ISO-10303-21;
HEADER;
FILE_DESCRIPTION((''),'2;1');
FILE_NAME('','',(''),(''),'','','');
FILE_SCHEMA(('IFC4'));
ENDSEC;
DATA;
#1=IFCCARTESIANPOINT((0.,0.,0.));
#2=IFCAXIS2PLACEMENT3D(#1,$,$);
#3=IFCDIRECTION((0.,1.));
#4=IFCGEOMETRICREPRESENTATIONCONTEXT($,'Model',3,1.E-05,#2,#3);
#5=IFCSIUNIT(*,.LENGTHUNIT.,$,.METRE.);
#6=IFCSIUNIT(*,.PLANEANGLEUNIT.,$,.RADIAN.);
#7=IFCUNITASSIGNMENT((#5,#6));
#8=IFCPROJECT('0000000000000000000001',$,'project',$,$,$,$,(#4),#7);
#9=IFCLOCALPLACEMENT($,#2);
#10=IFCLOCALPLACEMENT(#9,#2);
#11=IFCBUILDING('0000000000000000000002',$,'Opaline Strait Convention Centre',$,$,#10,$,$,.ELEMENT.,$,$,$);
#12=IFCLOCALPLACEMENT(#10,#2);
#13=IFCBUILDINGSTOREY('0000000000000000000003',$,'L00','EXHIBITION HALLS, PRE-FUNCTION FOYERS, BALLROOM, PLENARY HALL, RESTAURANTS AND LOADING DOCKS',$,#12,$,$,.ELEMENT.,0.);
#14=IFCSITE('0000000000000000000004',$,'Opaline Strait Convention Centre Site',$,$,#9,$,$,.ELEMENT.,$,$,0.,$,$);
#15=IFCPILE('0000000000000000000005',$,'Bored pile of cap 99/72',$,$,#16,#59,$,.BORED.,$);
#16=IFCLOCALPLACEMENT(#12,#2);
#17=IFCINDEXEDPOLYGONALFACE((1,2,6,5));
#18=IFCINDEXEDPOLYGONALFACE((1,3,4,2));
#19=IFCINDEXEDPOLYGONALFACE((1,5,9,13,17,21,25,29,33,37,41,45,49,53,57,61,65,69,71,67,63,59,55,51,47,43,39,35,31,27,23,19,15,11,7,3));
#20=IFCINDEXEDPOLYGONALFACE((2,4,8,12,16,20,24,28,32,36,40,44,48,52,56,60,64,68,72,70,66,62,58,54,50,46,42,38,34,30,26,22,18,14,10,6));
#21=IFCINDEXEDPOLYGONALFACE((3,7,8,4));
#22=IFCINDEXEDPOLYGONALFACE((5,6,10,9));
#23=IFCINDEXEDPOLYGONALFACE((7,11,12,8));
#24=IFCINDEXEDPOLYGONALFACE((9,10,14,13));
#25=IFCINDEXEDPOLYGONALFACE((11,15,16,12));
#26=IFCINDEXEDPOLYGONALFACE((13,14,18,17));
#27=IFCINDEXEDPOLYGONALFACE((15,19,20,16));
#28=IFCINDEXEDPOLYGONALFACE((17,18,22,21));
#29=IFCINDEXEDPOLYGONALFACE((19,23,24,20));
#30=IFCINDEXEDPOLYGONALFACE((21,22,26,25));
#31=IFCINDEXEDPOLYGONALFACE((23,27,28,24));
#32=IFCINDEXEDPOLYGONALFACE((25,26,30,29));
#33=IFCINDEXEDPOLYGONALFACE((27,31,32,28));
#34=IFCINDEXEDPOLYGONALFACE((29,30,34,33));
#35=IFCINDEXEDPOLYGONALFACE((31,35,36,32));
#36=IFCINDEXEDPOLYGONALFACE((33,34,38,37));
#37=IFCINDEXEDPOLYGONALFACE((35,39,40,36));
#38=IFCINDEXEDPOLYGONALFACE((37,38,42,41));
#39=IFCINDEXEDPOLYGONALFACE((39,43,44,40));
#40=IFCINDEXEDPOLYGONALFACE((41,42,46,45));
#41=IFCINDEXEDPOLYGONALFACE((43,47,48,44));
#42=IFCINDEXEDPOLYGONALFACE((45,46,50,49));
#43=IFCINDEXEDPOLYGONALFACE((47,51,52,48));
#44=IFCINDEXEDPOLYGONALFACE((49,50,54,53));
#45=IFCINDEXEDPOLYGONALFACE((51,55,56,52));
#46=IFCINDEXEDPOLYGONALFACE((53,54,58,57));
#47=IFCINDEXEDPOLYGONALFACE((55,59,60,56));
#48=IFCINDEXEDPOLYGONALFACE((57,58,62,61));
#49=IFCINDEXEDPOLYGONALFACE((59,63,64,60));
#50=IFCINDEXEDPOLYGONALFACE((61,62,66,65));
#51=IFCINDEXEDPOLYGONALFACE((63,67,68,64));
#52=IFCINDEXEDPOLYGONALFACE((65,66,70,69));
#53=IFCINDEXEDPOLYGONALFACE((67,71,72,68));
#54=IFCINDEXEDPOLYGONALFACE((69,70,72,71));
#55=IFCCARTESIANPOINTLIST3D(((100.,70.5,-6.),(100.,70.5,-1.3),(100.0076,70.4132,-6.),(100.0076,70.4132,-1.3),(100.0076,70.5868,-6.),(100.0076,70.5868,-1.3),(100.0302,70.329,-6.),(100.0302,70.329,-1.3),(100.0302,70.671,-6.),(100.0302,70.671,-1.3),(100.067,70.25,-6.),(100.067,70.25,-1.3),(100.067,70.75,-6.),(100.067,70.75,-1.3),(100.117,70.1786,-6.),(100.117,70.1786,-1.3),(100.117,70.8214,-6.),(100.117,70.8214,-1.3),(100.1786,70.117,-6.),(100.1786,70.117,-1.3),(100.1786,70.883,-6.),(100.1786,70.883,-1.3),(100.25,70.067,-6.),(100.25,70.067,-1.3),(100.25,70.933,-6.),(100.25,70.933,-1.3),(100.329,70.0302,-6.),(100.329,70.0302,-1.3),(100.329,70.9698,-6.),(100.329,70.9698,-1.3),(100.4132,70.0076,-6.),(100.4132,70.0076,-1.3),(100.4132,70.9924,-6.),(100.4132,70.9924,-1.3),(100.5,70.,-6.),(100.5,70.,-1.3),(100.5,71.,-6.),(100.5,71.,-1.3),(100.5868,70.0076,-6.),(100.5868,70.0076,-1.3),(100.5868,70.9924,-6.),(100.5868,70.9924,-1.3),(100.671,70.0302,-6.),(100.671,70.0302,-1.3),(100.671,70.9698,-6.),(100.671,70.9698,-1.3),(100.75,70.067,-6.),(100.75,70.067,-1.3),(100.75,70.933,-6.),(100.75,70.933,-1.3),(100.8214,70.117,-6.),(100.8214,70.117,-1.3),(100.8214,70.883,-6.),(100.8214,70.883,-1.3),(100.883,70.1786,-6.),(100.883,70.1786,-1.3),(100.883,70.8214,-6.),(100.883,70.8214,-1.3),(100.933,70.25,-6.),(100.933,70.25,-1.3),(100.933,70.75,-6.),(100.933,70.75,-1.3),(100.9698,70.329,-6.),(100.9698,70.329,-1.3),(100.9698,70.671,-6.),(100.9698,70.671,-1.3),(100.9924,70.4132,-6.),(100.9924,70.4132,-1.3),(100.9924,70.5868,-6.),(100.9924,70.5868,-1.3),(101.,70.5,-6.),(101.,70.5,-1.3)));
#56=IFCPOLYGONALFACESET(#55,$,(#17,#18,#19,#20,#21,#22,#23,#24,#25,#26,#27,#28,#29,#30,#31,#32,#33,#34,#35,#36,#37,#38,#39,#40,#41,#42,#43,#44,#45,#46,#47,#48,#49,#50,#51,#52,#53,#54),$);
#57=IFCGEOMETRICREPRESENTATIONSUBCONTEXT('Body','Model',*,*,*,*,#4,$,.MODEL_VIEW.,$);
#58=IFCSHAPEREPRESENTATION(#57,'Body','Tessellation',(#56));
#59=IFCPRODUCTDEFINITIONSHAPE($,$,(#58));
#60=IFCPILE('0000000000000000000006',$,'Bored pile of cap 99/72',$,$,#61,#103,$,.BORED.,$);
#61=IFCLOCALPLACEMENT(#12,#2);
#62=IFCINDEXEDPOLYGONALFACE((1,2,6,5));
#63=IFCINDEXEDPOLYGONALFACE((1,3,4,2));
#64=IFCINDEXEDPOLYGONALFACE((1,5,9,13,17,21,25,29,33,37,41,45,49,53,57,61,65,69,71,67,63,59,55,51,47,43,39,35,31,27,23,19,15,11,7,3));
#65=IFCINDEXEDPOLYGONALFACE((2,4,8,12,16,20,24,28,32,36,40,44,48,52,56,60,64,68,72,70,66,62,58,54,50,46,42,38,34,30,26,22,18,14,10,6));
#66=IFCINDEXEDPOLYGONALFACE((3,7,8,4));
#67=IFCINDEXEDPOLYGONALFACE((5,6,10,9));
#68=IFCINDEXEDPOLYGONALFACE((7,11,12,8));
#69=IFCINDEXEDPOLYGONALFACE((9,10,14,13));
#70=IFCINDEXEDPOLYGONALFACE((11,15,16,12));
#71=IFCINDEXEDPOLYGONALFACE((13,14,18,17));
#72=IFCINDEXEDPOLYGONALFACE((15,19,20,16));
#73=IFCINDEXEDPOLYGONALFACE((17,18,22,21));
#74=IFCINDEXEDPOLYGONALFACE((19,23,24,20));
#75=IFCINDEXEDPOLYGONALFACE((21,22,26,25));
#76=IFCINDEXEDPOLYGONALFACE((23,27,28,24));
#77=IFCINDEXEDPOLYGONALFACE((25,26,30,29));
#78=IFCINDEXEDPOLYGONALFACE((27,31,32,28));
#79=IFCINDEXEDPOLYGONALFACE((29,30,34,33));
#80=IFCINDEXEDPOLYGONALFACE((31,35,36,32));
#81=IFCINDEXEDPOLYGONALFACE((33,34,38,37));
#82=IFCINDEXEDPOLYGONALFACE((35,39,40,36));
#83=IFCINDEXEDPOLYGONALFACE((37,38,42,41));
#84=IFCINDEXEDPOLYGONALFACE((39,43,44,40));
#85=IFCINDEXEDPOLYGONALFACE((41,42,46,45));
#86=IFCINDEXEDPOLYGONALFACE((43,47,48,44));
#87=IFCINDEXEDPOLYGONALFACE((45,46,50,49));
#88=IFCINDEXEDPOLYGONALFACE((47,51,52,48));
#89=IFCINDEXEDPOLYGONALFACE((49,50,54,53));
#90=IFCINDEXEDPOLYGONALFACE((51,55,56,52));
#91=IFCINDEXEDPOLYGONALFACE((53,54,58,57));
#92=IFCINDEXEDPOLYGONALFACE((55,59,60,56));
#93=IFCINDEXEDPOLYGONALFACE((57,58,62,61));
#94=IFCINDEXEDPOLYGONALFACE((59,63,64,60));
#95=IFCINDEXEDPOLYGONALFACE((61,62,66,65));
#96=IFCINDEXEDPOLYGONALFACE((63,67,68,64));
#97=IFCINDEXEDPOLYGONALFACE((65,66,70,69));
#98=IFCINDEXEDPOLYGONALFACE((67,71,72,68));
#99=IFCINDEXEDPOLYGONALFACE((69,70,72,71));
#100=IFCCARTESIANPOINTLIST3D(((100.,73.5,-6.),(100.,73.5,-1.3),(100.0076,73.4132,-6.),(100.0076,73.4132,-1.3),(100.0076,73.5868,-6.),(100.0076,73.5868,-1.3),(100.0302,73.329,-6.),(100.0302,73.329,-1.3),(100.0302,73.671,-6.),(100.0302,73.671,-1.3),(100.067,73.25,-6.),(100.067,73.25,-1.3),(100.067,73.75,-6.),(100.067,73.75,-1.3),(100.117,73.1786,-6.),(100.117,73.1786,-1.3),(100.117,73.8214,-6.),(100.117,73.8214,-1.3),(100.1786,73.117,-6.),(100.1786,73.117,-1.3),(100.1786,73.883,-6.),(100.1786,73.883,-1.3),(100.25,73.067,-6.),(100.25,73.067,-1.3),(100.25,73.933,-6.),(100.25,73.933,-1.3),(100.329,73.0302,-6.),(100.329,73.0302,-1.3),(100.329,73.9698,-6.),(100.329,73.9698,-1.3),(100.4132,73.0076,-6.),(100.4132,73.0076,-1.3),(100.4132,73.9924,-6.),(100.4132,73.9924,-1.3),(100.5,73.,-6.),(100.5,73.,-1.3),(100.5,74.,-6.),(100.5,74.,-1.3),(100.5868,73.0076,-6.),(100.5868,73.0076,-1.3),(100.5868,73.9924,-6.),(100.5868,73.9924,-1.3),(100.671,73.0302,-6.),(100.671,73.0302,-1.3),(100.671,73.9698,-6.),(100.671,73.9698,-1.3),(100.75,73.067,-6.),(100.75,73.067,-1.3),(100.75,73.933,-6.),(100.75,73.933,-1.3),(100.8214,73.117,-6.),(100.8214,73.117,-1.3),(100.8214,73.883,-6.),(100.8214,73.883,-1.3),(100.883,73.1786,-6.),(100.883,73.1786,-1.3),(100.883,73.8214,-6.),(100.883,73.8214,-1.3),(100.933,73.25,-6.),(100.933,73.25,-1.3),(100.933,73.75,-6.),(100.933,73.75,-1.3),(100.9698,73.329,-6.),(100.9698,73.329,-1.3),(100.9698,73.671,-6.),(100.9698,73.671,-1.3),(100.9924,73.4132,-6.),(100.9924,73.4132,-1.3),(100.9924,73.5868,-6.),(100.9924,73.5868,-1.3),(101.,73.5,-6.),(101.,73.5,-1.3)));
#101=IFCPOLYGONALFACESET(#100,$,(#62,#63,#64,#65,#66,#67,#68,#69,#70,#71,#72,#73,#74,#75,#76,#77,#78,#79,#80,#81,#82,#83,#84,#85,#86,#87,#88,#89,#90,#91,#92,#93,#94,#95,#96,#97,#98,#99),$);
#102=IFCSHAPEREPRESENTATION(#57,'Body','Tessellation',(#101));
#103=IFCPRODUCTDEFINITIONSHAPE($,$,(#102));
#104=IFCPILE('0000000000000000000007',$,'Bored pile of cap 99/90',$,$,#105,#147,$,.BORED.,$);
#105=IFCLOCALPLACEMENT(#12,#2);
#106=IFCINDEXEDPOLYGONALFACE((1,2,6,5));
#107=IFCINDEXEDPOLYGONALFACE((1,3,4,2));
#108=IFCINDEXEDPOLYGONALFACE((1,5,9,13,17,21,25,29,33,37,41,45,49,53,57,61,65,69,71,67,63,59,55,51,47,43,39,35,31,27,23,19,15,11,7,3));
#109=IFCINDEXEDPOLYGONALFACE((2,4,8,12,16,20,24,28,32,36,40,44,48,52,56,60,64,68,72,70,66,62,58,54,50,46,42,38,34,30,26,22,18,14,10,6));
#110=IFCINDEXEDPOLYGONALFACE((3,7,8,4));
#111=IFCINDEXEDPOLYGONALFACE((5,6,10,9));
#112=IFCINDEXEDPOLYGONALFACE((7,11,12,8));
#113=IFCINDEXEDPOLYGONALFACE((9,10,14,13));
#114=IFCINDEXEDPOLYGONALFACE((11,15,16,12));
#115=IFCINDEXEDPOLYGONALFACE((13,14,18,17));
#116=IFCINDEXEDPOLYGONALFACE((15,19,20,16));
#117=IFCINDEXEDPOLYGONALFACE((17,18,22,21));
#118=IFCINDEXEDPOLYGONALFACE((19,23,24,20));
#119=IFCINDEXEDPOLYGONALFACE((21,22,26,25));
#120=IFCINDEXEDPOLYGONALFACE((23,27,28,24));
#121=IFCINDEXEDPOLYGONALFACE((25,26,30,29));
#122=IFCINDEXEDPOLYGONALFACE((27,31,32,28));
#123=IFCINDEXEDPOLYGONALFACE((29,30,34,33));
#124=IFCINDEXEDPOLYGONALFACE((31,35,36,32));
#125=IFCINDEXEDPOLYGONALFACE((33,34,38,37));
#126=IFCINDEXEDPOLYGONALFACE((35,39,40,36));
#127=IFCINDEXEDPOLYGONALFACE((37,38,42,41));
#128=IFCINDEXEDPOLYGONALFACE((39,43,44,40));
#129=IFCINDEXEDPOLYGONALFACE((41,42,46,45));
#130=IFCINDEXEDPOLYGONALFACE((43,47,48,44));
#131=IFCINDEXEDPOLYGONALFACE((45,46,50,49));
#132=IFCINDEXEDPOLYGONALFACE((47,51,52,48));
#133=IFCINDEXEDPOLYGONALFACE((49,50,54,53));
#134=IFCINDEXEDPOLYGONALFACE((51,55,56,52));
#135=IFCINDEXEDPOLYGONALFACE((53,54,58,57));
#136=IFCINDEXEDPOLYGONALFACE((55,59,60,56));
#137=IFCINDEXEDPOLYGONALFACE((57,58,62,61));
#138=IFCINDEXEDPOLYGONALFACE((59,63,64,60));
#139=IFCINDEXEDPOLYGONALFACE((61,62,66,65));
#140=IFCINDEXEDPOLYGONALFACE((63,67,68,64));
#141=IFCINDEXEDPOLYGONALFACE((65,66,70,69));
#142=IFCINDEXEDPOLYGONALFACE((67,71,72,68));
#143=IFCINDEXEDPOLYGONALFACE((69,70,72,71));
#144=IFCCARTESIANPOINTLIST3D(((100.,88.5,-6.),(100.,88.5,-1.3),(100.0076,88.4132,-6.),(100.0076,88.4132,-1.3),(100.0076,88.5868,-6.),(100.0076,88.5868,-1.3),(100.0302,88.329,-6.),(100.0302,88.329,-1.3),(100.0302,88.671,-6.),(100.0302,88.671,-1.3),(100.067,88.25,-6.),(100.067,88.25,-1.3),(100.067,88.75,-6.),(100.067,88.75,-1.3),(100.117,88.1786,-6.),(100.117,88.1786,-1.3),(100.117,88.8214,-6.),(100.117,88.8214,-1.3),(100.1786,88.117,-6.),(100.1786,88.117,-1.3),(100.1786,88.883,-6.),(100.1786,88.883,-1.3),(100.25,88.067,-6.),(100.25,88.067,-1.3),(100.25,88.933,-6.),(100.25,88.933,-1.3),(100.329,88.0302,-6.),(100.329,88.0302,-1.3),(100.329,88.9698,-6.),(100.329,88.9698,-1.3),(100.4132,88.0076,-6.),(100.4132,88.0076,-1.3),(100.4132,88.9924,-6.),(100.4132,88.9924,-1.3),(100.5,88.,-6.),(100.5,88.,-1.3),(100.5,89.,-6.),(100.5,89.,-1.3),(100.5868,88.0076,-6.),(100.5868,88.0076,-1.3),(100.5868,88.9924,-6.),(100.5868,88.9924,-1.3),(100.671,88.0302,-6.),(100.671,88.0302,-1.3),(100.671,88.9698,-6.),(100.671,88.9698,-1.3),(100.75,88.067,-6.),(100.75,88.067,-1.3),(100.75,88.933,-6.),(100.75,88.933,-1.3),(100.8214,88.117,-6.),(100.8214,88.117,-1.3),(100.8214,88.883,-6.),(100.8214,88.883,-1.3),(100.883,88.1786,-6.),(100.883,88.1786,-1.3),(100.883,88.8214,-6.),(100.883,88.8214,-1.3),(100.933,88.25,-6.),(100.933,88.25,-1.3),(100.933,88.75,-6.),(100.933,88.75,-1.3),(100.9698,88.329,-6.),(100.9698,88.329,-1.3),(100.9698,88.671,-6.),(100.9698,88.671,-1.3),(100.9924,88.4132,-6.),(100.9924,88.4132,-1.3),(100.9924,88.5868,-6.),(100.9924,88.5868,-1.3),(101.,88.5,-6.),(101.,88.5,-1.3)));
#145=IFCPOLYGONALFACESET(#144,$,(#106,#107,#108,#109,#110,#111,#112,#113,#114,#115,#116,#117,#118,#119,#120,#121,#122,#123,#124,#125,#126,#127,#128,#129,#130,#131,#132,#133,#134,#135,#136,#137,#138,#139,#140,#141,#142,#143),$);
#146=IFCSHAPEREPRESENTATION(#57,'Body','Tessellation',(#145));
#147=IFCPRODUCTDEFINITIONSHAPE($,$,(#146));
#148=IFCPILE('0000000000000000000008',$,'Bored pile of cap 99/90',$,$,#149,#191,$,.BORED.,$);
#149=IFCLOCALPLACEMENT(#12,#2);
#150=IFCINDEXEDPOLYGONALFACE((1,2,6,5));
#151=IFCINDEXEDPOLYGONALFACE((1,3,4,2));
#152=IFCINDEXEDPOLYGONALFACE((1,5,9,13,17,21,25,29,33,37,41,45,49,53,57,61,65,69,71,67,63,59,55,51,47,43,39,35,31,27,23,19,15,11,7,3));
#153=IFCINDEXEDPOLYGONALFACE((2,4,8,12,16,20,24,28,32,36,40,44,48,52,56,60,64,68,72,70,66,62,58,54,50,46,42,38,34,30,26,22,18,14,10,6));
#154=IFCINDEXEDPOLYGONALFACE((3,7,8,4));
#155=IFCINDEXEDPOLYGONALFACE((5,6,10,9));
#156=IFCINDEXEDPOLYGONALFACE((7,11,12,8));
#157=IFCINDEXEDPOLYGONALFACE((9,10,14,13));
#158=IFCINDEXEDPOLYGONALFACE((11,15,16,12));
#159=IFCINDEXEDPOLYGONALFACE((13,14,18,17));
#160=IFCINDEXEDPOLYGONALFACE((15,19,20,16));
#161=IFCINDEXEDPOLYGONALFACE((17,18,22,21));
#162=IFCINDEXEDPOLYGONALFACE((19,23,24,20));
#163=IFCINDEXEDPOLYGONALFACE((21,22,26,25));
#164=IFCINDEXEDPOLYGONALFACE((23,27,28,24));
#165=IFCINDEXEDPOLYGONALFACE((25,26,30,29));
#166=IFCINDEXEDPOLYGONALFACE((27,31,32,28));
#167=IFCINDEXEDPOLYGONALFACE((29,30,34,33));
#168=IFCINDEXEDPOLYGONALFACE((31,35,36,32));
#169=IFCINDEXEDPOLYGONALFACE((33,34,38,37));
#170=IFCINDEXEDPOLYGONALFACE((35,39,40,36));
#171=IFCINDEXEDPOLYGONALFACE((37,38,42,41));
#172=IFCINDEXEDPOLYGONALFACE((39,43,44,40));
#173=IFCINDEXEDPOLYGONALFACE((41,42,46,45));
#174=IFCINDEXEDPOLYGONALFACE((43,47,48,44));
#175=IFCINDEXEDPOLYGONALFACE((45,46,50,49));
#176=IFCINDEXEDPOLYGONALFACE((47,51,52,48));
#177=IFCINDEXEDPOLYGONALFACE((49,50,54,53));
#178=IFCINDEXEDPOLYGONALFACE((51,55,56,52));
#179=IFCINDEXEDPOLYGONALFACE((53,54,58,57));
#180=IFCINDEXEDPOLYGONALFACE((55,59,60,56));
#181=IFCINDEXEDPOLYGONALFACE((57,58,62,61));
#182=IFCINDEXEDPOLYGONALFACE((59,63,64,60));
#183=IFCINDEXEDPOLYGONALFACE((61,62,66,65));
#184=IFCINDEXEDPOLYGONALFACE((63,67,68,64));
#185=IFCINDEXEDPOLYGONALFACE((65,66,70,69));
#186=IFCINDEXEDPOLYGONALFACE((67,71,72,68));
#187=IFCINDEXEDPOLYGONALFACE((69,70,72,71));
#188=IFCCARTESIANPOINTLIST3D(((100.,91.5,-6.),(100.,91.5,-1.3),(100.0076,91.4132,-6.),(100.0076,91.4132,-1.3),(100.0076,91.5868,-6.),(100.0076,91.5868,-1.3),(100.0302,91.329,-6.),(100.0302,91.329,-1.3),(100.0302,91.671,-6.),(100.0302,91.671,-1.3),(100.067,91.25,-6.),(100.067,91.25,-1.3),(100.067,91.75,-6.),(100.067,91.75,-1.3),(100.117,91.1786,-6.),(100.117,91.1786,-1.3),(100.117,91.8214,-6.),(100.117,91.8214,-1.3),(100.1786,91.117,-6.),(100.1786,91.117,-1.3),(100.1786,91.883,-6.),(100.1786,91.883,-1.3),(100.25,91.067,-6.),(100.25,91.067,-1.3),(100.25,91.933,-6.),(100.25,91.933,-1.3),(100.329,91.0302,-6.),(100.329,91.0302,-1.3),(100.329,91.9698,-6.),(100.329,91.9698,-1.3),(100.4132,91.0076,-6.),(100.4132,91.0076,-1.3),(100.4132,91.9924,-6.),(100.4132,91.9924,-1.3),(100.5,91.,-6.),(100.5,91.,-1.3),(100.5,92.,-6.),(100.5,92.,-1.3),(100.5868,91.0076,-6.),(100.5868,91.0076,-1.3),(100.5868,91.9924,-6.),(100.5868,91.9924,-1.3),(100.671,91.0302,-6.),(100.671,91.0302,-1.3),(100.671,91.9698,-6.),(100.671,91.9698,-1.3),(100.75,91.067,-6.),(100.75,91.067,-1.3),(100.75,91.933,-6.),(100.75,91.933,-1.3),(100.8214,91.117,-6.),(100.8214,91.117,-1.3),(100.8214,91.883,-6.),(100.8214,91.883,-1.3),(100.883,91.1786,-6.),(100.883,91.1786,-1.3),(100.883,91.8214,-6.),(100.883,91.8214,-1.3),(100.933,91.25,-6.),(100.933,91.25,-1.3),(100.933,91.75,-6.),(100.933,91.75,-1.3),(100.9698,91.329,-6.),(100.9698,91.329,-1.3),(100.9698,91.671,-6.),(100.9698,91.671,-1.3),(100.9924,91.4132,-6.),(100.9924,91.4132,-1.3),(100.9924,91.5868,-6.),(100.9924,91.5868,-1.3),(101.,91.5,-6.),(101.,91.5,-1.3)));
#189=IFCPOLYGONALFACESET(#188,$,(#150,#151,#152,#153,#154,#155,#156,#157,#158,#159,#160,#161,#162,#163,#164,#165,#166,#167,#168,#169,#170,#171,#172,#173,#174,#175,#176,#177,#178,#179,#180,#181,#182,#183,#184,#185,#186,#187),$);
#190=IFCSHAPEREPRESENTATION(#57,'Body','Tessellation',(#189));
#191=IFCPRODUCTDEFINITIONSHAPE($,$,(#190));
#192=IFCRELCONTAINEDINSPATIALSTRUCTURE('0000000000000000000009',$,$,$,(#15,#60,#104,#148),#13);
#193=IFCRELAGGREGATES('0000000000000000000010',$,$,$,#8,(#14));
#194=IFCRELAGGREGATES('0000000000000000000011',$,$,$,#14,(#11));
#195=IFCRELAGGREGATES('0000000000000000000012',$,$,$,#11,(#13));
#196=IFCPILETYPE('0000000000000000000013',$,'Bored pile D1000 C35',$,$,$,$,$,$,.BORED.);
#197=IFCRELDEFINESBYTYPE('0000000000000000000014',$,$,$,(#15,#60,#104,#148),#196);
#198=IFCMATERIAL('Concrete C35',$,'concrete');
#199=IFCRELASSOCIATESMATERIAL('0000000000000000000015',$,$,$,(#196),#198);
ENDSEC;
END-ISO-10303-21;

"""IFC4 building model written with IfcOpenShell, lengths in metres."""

from ifc_helpers import new_model, si_unit, direction, frame, origin, origin_2d, place, context, subcontext, project, spatial, circle, extrude, material, material_profile, profile_set, type_object, element, save


model = new_model("IFC4")

# Units and contexts
model_context = context("Model", 3, precision=1e-05, world=origin(), true_north=direction((0.0, 1.0)))
body_context = subcontext(model_context, "Body", "Model", "MODEL_VIEW")
ifc_project = project(units=[si_unit("LENGTHUNIT", "METRE"), si_unit("PLANEANGLEUNIT", "RADIAN")], contexts=[model_context])

# Site, building, storey
site_placement = place(None, origin())
site = spatial("IfcSite", under=ifc_project, at=site_placement, Name="Opaline Strait Convention Centre Site", CompositionType="ELEMENT", RefElevation=0.0)
building_placement = place(site_placement, origin())
building = spatial("IfcBuilding", under=site, at=building_placement, Name="Opaline Strait Convention Centre", CompositionType="ELEMENT")
storey_placement = place(building_placement, origin())
storey = spatial("IfcBuildingStorey", under=building, at=storey_placement, Name="L00", Description="EXHIBITION HALLS, PRE-FUNCTION FOYERS, BALLROOM, PLENARY HALL, RESTAURANTS AND LOADING DOCKS", CompositionType="ELEMENT", Elevation=0.0)

# Piles
ifc_material_1 = material(Name="Concrete C35", Category="concrete")
ifc_material_profile_1 = material_profile(ifc_material_1, circle(Radius=0.5, at=origin_2d()), Name="D1000")
ifc_profile_set_1 = profile_set([ifc_material_profile_1], Name="Concrete C35")
pile_type_1 = type_object("IfcPileType", Name="Bored pile D1000 C35", PredefinedType="BORED", material=ifc_profile_set_1)
for number, where, z_axis, x_axis, name in (
    (1, (100.5, 70.5, -1.3), (0.0, 0.0, -1.0), (1.0, 0.0, 0.0), "Bored pile of cap 99/72"),
    (2, (100.5, 73.5, -1.3), (0.0, 0.0, -1.0), (1.0, 0.0, 0.0), "Bored pile of cap 99/72"),
    (3, (100.5, 88.5, -1.3), (0.0, 0.0, -1.0), (1.0, 0.0, 0.0), "Bored pile of cap 99/90"),
    (4, (100.5, 91.5, -1.3), (0.0, 0.0, -1.0), (1.0, 0.0, 0.0), "Bored pile of cap 99/90"),
):
    element("IfcPile", number, at=place(storey_placement, frame(where, z_axis=z_axis, x_axis=x_axis)), inside=storey, type_object=pile_type_1, Name=name, PredefinedType="BORED", context=body_context, shape_type="SweptSolid", body=[
        extrude(circle(Radius=0.5, at=origin_2d()), origin(), (0.0, 0.0, 1.0), 4.7),
    ])

save(model, "model.ifc")
